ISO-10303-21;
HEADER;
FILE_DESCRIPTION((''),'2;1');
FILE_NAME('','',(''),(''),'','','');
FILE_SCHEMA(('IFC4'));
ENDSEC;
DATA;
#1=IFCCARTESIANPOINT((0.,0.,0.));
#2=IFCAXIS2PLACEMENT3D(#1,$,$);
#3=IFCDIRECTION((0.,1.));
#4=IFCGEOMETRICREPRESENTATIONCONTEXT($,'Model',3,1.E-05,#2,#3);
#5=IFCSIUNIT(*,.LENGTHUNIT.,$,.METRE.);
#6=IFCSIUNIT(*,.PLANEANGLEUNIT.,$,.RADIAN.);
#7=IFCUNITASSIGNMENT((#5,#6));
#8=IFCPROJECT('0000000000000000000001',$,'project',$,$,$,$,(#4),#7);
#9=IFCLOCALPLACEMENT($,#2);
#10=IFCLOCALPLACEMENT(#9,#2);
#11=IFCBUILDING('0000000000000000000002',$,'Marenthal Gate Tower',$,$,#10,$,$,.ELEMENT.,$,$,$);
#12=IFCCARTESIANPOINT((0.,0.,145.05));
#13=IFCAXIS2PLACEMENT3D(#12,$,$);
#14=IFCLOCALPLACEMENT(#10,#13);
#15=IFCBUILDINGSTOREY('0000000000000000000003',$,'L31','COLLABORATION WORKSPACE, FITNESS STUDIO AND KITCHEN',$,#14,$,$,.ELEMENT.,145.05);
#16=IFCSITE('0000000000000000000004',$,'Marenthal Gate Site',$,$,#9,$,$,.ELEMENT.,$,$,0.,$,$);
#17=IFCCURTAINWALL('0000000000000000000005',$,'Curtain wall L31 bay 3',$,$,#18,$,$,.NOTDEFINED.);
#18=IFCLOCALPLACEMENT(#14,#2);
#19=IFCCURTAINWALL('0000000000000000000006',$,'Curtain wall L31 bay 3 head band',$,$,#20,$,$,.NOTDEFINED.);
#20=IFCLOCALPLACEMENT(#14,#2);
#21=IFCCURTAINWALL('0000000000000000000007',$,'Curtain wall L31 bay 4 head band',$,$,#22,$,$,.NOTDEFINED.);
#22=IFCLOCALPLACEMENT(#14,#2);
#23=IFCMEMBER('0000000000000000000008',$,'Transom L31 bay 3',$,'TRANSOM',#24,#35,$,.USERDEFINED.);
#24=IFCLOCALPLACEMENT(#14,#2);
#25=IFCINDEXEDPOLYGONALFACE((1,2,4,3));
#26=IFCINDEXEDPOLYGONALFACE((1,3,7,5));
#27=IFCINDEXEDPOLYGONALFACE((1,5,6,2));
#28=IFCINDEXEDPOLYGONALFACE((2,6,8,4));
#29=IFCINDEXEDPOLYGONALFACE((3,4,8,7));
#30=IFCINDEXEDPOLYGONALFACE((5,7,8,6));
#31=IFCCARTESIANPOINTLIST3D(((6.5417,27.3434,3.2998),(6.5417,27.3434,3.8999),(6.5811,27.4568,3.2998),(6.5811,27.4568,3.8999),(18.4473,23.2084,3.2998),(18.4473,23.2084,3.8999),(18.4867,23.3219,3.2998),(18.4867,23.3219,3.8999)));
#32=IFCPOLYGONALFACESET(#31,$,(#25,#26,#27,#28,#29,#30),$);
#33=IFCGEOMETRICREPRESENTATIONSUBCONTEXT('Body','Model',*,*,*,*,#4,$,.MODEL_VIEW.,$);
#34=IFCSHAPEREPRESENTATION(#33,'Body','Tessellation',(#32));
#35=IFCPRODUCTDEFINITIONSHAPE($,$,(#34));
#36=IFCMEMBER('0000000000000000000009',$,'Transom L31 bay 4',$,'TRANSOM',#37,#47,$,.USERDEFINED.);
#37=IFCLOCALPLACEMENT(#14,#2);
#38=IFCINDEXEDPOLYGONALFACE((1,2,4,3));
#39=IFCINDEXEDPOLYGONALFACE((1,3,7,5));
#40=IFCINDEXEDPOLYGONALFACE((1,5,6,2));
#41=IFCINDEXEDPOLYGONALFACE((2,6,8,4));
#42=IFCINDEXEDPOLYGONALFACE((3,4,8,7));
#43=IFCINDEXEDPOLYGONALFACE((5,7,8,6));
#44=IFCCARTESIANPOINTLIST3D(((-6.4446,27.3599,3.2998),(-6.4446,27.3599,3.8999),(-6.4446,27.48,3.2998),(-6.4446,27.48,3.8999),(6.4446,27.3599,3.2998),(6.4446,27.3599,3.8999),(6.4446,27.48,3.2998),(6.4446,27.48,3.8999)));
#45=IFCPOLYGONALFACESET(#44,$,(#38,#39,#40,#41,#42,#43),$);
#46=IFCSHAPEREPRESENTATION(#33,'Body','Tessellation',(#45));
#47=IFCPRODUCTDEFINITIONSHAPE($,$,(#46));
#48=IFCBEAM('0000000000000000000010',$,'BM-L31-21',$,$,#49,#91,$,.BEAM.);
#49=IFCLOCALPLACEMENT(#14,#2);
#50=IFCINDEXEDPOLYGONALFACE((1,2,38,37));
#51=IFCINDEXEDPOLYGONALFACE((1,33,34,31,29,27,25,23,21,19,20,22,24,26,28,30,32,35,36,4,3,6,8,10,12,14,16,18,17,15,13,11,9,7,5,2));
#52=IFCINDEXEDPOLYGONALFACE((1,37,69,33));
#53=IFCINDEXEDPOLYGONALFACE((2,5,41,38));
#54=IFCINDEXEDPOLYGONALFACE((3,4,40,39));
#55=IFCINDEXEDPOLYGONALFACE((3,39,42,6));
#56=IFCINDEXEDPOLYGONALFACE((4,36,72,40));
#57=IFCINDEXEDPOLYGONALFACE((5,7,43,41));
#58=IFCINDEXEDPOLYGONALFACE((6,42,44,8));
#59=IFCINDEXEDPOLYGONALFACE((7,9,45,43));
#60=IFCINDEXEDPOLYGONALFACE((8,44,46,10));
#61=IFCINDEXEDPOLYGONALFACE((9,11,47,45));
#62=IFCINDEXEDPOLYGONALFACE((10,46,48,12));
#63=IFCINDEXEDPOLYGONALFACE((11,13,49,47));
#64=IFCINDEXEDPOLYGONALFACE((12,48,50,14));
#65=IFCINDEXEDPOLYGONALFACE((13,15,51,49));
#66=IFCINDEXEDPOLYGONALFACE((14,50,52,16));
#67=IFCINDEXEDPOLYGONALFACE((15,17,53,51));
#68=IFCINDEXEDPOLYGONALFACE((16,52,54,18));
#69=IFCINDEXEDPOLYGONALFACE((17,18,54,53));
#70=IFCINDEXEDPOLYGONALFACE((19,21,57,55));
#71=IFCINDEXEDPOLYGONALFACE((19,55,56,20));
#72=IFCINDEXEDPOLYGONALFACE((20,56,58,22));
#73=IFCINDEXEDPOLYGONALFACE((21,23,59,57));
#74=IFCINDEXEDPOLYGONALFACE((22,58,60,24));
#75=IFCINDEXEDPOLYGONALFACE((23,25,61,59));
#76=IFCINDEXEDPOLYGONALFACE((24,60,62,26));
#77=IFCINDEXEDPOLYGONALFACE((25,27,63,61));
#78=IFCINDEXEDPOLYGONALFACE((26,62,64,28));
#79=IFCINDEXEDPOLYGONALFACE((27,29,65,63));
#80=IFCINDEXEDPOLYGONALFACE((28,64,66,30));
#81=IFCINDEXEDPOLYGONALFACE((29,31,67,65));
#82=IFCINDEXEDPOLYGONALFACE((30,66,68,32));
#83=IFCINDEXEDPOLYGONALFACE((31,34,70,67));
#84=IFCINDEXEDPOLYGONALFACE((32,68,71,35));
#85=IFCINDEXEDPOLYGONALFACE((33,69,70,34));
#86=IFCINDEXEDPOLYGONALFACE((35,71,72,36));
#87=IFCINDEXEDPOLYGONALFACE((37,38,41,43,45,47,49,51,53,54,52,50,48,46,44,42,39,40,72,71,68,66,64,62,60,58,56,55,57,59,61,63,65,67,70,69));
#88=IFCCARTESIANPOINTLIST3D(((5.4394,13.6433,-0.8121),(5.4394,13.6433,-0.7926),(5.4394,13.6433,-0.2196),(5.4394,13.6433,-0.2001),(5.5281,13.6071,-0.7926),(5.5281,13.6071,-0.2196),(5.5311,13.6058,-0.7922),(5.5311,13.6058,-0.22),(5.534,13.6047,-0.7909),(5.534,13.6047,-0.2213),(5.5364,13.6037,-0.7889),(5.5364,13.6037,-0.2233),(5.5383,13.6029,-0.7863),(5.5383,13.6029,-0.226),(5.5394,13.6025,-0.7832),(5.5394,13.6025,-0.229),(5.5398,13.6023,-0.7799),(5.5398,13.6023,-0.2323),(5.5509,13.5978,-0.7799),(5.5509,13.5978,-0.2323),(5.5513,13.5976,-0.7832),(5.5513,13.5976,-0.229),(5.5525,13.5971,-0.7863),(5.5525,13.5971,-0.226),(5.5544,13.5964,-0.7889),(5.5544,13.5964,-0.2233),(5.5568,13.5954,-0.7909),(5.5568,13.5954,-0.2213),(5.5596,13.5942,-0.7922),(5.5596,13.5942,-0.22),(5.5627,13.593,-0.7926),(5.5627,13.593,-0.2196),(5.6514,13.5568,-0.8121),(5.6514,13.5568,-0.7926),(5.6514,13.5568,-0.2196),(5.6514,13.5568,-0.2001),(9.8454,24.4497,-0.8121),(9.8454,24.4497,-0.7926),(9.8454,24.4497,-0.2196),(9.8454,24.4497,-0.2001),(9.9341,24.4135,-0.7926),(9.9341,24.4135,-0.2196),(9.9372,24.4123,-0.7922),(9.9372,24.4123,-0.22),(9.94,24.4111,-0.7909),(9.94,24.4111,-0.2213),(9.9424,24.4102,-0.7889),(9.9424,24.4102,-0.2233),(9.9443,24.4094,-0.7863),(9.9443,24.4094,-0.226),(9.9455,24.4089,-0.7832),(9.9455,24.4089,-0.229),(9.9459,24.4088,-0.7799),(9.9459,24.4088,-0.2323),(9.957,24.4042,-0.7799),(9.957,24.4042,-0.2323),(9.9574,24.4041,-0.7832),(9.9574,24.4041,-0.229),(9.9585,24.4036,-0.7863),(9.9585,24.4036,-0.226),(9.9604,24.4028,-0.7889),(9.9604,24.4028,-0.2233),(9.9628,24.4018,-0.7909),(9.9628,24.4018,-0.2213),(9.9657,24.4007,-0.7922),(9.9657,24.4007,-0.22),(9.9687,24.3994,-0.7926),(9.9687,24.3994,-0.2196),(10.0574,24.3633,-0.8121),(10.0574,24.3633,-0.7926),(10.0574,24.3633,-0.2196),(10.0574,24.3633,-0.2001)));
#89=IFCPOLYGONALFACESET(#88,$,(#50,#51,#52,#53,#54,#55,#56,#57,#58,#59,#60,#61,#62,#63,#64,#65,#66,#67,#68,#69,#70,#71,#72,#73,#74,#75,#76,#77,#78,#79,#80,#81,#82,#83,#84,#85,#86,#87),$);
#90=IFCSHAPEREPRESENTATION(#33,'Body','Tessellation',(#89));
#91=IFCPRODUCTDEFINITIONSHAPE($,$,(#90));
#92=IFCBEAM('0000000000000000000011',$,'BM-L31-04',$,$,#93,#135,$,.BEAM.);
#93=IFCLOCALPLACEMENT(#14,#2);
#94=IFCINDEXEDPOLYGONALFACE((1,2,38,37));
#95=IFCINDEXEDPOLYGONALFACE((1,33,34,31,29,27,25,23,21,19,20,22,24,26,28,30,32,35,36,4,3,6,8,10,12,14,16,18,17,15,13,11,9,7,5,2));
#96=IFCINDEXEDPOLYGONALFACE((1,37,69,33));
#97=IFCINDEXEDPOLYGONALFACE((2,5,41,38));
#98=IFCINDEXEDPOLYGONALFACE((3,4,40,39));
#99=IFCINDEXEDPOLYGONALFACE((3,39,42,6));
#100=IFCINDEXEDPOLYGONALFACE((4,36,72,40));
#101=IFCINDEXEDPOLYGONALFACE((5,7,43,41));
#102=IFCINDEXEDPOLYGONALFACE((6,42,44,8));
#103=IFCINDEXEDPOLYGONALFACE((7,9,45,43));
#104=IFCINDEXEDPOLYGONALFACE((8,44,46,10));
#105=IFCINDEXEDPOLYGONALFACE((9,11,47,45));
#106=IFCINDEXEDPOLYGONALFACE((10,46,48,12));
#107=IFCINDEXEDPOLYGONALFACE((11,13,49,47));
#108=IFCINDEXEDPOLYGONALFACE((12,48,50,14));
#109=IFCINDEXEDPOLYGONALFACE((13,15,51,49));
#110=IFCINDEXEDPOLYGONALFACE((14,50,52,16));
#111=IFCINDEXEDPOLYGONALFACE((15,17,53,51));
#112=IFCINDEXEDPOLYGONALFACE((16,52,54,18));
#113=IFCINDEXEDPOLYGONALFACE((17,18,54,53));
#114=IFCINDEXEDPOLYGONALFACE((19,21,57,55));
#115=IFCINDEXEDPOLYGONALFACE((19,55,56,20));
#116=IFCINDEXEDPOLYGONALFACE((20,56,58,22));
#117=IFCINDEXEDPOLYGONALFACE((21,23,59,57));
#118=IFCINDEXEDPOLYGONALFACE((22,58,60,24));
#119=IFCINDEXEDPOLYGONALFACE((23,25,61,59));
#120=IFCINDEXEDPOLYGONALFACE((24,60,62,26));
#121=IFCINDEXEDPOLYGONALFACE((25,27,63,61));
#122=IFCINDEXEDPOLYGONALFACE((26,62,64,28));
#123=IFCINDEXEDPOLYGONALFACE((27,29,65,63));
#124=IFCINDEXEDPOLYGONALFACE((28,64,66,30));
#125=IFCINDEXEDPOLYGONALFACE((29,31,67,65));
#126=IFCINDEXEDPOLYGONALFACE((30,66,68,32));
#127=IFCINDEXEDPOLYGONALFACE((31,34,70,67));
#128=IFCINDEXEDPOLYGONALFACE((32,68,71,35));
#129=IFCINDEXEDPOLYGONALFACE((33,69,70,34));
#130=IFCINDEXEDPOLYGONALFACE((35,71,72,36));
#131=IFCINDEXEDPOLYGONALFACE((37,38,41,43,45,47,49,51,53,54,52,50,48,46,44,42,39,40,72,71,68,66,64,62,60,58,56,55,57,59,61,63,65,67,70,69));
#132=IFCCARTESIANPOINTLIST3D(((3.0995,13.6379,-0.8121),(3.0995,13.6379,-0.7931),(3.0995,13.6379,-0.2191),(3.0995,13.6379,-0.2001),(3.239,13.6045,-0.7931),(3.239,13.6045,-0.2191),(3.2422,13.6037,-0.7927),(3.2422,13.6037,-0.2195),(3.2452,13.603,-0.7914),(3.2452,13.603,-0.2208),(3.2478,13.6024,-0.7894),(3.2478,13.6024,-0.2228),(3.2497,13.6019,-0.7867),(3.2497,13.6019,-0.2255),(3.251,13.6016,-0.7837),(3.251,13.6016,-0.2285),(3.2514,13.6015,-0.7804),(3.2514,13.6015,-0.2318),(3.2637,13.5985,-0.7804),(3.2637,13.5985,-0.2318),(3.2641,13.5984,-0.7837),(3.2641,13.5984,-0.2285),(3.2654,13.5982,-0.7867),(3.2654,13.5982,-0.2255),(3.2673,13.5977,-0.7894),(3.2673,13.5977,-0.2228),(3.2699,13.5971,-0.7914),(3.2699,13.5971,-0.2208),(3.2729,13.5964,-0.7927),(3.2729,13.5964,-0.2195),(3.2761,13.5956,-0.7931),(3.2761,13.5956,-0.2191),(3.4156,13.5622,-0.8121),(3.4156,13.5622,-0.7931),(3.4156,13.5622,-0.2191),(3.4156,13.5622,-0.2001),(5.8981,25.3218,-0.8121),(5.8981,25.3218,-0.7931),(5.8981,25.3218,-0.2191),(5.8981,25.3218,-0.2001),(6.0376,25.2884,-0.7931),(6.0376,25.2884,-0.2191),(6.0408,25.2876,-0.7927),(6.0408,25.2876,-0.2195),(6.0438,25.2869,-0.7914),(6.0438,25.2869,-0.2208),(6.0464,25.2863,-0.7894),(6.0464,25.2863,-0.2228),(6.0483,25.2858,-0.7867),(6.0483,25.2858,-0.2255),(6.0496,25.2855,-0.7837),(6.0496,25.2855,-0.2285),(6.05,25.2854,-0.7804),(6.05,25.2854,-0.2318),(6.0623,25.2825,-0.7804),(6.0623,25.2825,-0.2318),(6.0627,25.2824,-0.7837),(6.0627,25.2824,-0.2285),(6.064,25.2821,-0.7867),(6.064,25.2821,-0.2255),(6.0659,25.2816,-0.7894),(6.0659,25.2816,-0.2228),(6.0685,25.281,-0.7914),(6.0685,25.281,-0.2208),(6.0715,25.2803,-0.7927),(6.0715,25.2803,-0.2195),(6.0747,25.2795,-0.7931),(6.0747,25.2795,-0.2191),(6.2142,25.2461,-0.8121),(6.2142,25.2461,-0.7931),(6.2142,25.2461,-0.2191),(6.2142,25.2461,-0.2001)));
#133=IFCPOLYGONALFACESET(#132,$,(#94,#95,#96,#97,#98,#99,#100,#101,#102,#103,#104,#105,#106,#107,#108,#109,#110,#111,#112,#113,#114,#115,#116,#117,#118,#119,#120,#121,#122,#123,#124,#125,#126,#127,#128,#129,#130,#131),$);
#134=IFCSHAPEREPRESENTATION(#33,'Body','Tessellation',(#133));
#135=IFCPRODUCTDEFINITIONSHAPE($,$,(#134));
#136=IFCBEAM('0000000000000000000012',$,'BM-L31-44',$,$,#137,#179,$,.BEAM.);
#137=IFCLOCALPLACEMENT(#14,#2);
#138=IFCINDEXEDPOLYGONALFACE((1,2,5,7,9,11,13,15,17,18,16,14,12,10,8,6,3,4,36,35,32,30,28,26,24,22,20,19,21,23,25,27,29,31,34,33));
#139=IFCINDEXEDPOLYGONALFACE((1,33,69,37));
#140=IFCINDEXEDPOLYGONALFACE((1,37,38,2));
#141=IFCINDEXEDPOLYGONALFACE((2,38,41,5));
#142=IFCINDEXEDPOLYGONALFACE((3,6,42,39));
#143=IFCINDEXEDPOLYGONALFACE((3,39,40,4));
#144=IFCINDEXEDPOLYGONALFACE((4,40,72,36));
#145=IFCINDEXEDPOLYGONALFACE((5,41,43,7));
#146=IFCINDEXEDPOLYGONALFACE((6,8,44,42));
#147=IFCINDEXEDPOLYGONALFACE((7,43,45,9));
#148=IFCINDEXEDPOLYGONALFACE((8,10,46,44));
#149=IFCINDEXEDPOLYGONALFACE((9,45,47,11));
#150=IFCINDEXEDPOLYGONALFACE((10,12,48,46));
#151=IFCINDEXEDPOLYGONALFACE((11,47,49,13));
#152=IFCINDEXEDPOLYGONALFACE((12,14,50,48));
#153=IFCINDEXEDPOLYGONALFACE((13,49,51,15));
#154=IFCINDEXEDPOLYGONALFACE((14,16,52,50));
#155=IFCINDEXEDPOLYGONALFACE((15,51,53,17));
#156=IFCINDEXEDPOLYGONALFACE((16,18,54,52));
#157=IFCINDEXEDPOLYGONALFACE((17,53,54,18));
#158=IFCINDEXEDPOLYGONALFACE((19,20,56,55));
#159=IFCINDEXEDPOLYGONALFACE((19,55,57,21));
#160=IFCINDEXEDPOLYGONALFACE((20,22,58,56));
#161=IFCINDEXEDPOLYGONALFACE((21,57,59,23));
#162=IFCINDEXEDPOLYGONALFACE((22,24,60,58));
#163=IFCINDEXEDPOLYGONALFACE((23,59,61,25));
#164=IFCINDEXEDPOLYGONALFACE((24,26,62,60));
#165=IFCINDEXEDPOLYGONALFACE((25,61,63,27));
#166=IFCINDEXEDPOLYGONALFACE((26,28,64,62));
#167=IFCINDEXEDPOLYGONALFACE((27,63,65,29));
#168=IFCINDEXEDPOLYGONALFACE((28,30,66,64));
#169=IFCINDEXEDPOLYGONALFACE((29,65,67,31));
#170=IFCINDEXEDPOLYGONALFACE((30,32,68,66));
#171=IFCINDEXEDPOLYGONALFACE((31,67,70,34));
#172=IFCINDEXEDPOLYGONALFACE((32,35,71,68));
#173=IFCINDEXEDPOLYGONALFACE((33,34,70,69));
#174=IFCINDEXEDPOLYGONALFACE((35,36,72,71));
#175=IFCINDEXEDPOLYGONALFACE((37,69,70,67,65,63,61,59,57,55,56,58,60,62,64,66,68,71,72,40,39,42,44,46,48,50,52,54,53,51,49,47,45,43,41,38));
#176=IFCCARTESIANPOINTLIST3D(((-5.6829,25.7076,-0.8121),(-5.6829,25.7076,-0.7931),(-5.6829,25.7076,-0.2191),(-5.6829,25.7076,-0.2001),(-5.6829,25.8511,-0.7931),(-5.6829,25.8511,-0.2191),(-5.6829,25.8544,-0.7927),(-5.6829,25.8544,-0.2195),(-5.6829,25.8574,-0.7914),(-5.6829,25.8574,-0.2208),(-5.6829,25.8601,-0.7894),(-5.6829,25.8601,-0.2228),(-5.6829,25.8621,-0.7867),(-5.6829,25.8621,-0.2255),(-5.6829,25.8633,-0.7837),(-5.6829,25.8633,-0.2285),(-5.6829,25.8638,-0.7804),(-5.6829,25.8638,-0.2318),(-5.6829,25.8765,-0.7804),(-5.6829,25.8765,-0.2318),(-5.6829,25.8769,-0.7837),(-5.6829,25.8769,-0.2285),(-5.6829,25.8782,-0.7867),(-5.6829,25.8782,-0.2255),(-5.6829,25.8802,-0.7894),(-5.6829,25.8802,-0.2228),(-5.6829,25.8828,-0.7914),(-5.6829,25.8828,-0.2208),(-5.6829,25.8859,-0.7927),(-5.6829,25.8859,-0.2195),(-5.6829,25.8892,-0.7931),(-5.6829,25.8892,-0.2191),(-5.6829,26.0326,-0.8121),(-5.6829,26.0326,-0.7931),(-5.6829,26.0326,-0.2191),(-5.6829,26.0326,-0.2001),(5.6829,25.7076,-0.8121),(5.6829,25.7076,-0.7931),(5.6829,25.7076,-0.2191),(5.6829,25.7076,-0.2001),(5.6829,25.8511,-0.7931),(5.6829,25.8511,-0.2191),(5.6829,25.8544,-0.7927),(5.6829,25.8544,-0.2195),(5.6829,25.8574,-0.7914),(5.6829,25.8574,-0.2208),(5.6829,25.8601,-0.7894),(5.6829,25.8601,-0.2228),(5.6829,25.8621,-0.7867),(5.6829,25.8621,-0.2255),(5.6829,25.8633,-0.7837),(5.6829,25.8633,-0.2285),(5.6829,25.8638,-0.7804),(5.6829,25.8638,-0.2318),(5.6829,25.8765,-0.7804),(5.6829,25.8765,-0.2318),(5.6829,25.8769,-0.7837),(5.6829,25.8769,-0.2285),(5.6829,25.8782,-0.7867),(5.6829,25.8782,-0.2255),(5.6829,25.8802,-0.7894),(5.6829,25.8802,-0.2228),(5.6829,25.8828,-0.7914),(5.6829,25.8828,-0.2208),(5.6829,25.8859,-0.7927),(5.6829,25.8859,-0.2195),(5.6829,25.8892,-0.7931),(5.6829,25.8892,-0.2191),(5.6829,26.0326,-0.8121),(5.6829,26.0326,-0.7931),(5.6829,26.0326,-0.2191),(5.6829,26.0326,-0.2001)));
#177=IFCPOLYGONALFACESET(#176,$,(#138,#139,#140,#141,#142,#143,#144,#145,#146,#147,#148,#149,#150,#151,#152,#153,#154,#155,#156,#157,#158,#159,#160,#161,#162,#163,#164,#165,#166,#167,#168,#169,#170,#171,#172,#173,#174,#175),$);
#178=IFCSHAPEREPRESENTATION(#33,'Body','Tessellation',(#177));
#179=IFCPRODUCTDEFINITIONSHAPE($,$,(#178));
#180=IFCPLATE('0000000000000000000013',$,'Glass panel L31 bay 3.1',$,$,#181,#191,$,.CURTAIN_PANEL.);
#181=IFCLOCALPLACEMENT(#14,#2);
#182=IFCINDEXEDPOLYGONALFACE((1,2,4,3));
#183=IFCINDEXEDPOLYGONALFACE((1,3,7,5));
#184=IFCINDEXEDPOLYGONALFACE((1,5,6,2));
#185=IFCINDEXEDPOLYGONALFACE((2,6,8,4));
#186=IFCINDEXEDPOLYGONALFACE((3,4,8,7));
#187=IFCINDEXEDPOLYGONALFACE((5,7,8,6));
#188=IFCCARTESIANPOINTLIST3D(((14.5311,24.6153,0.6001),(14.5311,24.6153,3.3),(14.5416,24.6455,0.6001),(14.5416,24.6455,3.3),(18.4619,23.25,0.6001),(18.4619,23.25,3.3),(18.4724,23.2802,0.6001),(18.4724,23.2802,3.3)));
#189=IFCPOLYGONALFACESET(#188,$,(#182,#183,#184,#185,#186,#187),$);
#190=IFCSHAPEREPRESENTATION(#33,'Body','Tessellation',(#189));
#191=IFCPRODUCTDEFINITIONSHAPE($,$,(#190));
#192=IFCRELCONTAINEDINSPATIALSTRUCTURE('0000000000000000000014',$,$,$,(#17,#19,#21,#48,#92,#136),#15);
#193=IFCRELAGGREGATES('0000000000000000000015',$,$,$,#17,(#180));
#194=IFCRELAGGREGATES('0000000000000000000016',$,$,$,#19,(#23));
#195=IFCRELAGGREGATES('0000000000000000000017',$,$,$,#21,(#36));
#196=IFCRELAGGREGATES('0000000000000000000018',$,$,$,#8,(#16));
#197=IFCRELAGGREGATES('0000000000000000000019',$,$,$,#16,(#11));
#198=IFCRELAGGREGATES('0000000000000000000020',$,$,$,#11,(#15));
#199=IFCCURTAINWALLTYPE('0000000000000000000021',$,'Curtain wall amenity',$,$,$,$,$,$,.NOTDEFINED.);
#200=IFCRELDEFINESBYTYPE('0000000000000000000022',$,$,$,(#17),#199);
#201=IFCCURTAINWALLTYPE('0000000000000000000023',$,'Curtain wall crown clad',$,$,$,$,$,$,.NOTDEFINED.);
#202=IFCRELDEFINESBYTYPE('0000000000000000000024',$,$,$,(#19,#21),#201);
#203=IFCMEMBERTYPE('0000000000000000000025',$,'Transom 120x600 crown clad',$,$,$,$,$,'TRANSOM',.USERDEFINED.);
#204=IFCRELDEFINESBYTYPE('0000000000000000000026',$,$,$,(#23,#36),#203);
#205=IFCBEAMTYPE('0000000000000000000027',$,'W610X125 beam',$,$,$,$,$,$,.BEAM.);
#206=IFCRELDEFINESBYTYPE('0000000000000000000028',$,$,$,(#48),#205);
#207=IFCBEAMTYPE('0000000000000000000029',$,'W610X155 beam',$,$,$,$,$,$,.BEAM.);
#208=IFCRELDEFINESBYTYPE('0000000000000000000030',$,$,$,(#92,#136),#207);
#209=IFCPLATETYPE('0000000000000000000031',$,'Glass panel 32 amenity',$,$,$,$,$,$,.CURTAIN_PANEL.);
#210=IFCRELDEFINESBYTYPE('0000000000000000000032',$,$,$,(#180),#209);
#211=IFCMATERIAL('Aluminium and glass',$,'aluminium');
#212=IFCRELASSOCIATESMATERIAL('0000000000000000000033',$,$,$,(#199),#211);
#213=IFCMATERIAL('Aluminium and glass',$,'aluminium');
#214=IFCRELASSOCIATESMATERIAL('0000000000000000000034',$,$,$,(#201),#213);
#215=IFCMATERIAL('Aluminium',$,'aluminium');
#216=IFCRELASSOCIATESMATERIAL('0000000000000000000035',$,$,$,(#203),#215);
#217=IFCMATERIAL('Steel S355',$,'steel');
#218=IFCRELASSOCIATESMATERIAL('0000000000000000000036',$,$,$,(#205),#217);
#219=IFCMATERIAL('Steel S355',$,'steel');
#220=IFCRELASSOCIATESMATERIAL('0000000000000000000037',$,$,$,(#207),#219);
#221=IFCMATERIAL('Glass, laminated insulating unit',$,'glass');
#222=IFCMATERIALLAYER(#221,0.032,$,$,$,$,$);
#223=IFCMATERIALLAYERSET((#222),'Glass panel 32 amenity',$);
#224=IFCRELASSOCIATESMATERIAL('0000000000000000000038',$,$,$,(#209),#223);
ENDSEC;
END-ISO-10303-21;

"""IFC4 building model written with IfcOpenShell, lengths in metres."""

from ifc_helpers import new_model, si_unit, direction, frame, origin, origin_2d, place, context, subcontext, project, spatial, rectangle, i_section, extrude, material, layer, layer_set, material_profile, profile_set, type_object, element, aggregate, save


model = new_model("IFC4")

# Units and contexts
model_context = context("Model", 3, precision=1e-05, world=origin(), true_north=direction((0.0, 1.0)))
body_context = subcontext(model_context, "Body", "Model", "MODEL_VIEW")
ifc_project = project(units=[si_unit("LENGTHUNIT", "METRE"), si_unit("PLANEANGLEUNIT", "RADIAN")], contexts=[model_context])

# Site, building, storey
site_placement = place(None, origin())
site = spatial("IfcSite", under=ifc_project, at=site_placement, Name="Marenthal Gate Site", CompositionType="ELEMENT", RefElevation=0.0)
building_placement = place(site_placement, origin())
building = spatial("IfcBuilding", under=site, at=building_placement, Name="Marenthal Gate Tower", CompositionType="ELEMENT")
storey_placement = place(building_placement, frame((0.0, 0.0, 145.05)))
storey = spatial("IfcBuildingStorey", under=building, at=storey_placement, Name="L31", Description="COLLABORATION WORKSPACE, FITNESS STUDIO AND KITCHEN", CompositionType="ELEMENT", Elevation=145.05)

# Curtain walls
ifc_material_1 = material(Name="Aluminium and glass", Category="aluminium")
curtain_wall_type_1 = type_object("IfcCurtainWallType", Name="Curtain wall amenity", PredefinedType="NOTDEFINED", material=ifc_material_1)
curtain_wall_1_placement = place(storey_placement, origin())
curtain_wall_1 = element("IfcCurtainWall", 1, at=curtain_wall_1_placement, inside=storey, type_object=curtain_wall_type_1, Name="Curtain wall L31 bay 3", PredefinedType="NOTDEFINED")
ifc_material_2 = material(Name="Aluminium and glass", Category="aluminium")
curtain_wall_type_2 = type_object("IfcCurtainWallType", Name="Curtain wall crown clad", PredefinedType="NOTDEFINED", material=ifc_material_2)
curtain_wall_2_placement = place(storey_placement, origin())
curtain_wall_2 = element("IfcCurtainWall", 2, at=curtain_wall_2_placement, inside=storey, type_object=curtain_wall_type_2, Name="Curtain wall L31 bay 3 head band", PredefinedType="NOTDEFINED")
curtain_wall_3_placement = place(storey_placement, origin())
curtain_wall_3 = element("IfcCurtainWall", 3, at=curtain_wall_3_placement, inside=storey, type_object=curtain_wall_type_2, Name="Curtain wall L31 bay 4 head band", PredefinedType="NOTDEFINED")

# Members
ifc_material_3 = material(Name="Aluminium", Category="aluminium")
ifc_material_profile_1 = material_profile(ifc_material_3, rectangle(XDim=0.1201, YDim=0.6001, at=origin_2d()), Name="120x600 aluminium transom")
ifc_profile_set_1 = profile_set([ifc_material_profile_1], Name="Aluminium")
member_type_1 = type_object("IfcMemberType", Name="Transom 120x600 crown clad", ElementType="TRANSOM", PredefinedType="USERDEFINED", material=ifc_profile_set_1)
member_1_placement = place(storey_placement, frame((18.467, 23.2651, 3.5999), z_axis=(-0.944647, 0.328087, 0.0), x_axis=(-0.328087, -0.944647, 0.0)))
member_1 = element("IfcMember", 4, at=member_1_placement, type_object=member_type_1, Name="Transom L31 bay 3", ObjectType="TRANSOM", PredefinedType="USERDEFINED", context=body_context, shape_type="SweptSolid", body=[
    extrude(rectangle(XDim=0.1201, YDim=0.6001, at=origin_2d()), origin(), (0.0, 0.0, 1.0), 12.6033),
])
member_2_placement = place(storey_placement, frame((6.4446, 27.4199, 3.5999), z_axis=(-1.0, 0.0, 0.0), x_axis=(0.0, -1.0, 0.0)))
member_2 = element("IfcMember", 5, at=member_2_placement, type_object=member_type_1, Name="Transom L31 bay 4", ObjectType="TRANSOM", PredefinedType="USERDEFINED", context=body_context, shape_type="SweptSolid", body=[
    extrude(rectangle(XDim=0.1201, YDim=0.6001, at=origin_2d()), origin(), (0.0, 0.0, 1.0), 12.8892),
])

# Beams
ifc_material_4 = material(Name="Steel S355", Category="steel")
ifc_material_profile_2 = material_profile(ifc_material_4, i_section(OverallWidth=0.229, OverallDepth=0.6121, WebThickness=0.012, FlangeThickness=0.0195, FilletRadius=0.0127, at=origin_2d()), Name="W610X125")
ifc_profile_set_2 = profile_set([ifc_material_profile_2], Name="Steel S355")
beam_type_1 = type_object("IfcBeamType", Name="W610X125 beam", PredefinedType="BEAM", material=ifc_profile_set_2)
beam_1_placement = place(storey_placement, frame((9.9514, 24.4065, -0.5061), z_axis=(-0.377547, -0.925991, 0.0), x_axis=(0.925991, -0.377547, 0.0)))
element("IfcBeam", 6, at=beam_1_placement, inside=storey, type_object=beam_type_1, Name="BM-L31-21", PredefinedType="BEAM", context=body_context, shape_type="SweptSolid", body=[
    extrude(i_section(OverallWidth=0.229, OverallDepth=0.6121, WebThickness=0.012, FlangeThickness=0.0195, FilletRadius=0.0127, at=origin_2d()), origin(), (0.0, 0.0, 1.0), 11.6702),
])
ifc_material_5 = material(Name="Steel S355", Category="steel")
ifc_material_profile_3 = material_profile(ifc_material_5, i_section(OverallWidth=0.325, OverallDepth=0.6121, WebThickness=0.0127, FlangeThickness=0.019, FilletRadius=0.0127, at=origin_2d()), Name="W610X155")
ifc_profile_set_3 = profile_set([ifc_material_profile_3], Name="Steel S355")
beam_type_2 = type_object("IfcBeamType", Name="W610X155 beam", PredefinedType="BEAM", material=ifc_profile_set_3)
beam_2_placement = place(storey_placement, frame((6.0562, 25.2839, -0.5061), z_axis=(-0.232937, -0.972492, 0.0), x_axis=(0.972492, -0.232937, 0.0)))
element("IfcBeam", 7, at=beam_2_placement, inside=storey, type_object=beam_type_2, Name="BM-L31-04", PredefinedType="BEAM", context=body_context, shape_type="SweptSolid", body=[
    extrude(i_section(OverallWidth=0.325, OverallDepth=0.6121, WebThickness=0.0127, FlangeThickness=0.019, FilletRadius=0.0127, at=origin_2d()), origin(), (0.0, 0.0, 1.0), 12.0144),
])
beam_3_placement = place(storey_placement, frame((5.6829, 25.8701, -0.5061), z_axis=(-1.0, 0.0, 0.0), x_axis=(0.0, -1.0, 0.0)))
element("IfcBeam", 8, at=beam_3_placement, inside=storey, type_object=beam_type_2, Name="BM-L31-44", PredefinedType="BEAM", context=body_context, shape_type="SweptSolid", body=[
    extrude(i_section(OverallWidth=0.325, OverallDepth=0.6121, WebThickness=0.0127, FlangeThickness=0.019, FilletRadius=0.0127, at=origin_2d()), origin(), (0.0, 0.0, 1.0), 11.3657),
])

# Plate
ifc_material_6 = material(Name="Glass, laminated insulating unit", Category="glass")
ifc_layer_1 = layer(ifc_material_6, 0.032)
ifc_layer_set_1 = layer_set([ifc_layer_1], Name="Glass panel 32 amenity")
plate_type_1 = type_object("IfcPlateType", Name="Glass panel 32 amenity", PredefinedType="CURTAIN_PANEL", material=ifc_layer_set_1)
plate_1_placement = place(storey_placement, frame((16.5017, 23.9478, 0.6001), z_axis=(0.0, 0.0, 1.0), x_axis=(-0.944647, 0.328089, 0.0)))
plate_1 = element("IfcPlate", 9, at=plate_1_placement, type_object=plate_type_1, Name="Glass panel L31 bay 3.1", PredefinedType="CURTAIN_PANEL", context=body_context, shape_type="SweptSolid", body=[
    extrude(rectangle(XDim=4.1611, YDim=0.032, at=origin_2d()), origin(), (0.0, 0.0, 1.0), 2.7),
])
aggregate(curtain_wall_1, [plate_1])
aggregate(curtain_wall_2, [member_1])
aggregate(curtain_wall_3, [member_2])

save(model, "model.ifc")
